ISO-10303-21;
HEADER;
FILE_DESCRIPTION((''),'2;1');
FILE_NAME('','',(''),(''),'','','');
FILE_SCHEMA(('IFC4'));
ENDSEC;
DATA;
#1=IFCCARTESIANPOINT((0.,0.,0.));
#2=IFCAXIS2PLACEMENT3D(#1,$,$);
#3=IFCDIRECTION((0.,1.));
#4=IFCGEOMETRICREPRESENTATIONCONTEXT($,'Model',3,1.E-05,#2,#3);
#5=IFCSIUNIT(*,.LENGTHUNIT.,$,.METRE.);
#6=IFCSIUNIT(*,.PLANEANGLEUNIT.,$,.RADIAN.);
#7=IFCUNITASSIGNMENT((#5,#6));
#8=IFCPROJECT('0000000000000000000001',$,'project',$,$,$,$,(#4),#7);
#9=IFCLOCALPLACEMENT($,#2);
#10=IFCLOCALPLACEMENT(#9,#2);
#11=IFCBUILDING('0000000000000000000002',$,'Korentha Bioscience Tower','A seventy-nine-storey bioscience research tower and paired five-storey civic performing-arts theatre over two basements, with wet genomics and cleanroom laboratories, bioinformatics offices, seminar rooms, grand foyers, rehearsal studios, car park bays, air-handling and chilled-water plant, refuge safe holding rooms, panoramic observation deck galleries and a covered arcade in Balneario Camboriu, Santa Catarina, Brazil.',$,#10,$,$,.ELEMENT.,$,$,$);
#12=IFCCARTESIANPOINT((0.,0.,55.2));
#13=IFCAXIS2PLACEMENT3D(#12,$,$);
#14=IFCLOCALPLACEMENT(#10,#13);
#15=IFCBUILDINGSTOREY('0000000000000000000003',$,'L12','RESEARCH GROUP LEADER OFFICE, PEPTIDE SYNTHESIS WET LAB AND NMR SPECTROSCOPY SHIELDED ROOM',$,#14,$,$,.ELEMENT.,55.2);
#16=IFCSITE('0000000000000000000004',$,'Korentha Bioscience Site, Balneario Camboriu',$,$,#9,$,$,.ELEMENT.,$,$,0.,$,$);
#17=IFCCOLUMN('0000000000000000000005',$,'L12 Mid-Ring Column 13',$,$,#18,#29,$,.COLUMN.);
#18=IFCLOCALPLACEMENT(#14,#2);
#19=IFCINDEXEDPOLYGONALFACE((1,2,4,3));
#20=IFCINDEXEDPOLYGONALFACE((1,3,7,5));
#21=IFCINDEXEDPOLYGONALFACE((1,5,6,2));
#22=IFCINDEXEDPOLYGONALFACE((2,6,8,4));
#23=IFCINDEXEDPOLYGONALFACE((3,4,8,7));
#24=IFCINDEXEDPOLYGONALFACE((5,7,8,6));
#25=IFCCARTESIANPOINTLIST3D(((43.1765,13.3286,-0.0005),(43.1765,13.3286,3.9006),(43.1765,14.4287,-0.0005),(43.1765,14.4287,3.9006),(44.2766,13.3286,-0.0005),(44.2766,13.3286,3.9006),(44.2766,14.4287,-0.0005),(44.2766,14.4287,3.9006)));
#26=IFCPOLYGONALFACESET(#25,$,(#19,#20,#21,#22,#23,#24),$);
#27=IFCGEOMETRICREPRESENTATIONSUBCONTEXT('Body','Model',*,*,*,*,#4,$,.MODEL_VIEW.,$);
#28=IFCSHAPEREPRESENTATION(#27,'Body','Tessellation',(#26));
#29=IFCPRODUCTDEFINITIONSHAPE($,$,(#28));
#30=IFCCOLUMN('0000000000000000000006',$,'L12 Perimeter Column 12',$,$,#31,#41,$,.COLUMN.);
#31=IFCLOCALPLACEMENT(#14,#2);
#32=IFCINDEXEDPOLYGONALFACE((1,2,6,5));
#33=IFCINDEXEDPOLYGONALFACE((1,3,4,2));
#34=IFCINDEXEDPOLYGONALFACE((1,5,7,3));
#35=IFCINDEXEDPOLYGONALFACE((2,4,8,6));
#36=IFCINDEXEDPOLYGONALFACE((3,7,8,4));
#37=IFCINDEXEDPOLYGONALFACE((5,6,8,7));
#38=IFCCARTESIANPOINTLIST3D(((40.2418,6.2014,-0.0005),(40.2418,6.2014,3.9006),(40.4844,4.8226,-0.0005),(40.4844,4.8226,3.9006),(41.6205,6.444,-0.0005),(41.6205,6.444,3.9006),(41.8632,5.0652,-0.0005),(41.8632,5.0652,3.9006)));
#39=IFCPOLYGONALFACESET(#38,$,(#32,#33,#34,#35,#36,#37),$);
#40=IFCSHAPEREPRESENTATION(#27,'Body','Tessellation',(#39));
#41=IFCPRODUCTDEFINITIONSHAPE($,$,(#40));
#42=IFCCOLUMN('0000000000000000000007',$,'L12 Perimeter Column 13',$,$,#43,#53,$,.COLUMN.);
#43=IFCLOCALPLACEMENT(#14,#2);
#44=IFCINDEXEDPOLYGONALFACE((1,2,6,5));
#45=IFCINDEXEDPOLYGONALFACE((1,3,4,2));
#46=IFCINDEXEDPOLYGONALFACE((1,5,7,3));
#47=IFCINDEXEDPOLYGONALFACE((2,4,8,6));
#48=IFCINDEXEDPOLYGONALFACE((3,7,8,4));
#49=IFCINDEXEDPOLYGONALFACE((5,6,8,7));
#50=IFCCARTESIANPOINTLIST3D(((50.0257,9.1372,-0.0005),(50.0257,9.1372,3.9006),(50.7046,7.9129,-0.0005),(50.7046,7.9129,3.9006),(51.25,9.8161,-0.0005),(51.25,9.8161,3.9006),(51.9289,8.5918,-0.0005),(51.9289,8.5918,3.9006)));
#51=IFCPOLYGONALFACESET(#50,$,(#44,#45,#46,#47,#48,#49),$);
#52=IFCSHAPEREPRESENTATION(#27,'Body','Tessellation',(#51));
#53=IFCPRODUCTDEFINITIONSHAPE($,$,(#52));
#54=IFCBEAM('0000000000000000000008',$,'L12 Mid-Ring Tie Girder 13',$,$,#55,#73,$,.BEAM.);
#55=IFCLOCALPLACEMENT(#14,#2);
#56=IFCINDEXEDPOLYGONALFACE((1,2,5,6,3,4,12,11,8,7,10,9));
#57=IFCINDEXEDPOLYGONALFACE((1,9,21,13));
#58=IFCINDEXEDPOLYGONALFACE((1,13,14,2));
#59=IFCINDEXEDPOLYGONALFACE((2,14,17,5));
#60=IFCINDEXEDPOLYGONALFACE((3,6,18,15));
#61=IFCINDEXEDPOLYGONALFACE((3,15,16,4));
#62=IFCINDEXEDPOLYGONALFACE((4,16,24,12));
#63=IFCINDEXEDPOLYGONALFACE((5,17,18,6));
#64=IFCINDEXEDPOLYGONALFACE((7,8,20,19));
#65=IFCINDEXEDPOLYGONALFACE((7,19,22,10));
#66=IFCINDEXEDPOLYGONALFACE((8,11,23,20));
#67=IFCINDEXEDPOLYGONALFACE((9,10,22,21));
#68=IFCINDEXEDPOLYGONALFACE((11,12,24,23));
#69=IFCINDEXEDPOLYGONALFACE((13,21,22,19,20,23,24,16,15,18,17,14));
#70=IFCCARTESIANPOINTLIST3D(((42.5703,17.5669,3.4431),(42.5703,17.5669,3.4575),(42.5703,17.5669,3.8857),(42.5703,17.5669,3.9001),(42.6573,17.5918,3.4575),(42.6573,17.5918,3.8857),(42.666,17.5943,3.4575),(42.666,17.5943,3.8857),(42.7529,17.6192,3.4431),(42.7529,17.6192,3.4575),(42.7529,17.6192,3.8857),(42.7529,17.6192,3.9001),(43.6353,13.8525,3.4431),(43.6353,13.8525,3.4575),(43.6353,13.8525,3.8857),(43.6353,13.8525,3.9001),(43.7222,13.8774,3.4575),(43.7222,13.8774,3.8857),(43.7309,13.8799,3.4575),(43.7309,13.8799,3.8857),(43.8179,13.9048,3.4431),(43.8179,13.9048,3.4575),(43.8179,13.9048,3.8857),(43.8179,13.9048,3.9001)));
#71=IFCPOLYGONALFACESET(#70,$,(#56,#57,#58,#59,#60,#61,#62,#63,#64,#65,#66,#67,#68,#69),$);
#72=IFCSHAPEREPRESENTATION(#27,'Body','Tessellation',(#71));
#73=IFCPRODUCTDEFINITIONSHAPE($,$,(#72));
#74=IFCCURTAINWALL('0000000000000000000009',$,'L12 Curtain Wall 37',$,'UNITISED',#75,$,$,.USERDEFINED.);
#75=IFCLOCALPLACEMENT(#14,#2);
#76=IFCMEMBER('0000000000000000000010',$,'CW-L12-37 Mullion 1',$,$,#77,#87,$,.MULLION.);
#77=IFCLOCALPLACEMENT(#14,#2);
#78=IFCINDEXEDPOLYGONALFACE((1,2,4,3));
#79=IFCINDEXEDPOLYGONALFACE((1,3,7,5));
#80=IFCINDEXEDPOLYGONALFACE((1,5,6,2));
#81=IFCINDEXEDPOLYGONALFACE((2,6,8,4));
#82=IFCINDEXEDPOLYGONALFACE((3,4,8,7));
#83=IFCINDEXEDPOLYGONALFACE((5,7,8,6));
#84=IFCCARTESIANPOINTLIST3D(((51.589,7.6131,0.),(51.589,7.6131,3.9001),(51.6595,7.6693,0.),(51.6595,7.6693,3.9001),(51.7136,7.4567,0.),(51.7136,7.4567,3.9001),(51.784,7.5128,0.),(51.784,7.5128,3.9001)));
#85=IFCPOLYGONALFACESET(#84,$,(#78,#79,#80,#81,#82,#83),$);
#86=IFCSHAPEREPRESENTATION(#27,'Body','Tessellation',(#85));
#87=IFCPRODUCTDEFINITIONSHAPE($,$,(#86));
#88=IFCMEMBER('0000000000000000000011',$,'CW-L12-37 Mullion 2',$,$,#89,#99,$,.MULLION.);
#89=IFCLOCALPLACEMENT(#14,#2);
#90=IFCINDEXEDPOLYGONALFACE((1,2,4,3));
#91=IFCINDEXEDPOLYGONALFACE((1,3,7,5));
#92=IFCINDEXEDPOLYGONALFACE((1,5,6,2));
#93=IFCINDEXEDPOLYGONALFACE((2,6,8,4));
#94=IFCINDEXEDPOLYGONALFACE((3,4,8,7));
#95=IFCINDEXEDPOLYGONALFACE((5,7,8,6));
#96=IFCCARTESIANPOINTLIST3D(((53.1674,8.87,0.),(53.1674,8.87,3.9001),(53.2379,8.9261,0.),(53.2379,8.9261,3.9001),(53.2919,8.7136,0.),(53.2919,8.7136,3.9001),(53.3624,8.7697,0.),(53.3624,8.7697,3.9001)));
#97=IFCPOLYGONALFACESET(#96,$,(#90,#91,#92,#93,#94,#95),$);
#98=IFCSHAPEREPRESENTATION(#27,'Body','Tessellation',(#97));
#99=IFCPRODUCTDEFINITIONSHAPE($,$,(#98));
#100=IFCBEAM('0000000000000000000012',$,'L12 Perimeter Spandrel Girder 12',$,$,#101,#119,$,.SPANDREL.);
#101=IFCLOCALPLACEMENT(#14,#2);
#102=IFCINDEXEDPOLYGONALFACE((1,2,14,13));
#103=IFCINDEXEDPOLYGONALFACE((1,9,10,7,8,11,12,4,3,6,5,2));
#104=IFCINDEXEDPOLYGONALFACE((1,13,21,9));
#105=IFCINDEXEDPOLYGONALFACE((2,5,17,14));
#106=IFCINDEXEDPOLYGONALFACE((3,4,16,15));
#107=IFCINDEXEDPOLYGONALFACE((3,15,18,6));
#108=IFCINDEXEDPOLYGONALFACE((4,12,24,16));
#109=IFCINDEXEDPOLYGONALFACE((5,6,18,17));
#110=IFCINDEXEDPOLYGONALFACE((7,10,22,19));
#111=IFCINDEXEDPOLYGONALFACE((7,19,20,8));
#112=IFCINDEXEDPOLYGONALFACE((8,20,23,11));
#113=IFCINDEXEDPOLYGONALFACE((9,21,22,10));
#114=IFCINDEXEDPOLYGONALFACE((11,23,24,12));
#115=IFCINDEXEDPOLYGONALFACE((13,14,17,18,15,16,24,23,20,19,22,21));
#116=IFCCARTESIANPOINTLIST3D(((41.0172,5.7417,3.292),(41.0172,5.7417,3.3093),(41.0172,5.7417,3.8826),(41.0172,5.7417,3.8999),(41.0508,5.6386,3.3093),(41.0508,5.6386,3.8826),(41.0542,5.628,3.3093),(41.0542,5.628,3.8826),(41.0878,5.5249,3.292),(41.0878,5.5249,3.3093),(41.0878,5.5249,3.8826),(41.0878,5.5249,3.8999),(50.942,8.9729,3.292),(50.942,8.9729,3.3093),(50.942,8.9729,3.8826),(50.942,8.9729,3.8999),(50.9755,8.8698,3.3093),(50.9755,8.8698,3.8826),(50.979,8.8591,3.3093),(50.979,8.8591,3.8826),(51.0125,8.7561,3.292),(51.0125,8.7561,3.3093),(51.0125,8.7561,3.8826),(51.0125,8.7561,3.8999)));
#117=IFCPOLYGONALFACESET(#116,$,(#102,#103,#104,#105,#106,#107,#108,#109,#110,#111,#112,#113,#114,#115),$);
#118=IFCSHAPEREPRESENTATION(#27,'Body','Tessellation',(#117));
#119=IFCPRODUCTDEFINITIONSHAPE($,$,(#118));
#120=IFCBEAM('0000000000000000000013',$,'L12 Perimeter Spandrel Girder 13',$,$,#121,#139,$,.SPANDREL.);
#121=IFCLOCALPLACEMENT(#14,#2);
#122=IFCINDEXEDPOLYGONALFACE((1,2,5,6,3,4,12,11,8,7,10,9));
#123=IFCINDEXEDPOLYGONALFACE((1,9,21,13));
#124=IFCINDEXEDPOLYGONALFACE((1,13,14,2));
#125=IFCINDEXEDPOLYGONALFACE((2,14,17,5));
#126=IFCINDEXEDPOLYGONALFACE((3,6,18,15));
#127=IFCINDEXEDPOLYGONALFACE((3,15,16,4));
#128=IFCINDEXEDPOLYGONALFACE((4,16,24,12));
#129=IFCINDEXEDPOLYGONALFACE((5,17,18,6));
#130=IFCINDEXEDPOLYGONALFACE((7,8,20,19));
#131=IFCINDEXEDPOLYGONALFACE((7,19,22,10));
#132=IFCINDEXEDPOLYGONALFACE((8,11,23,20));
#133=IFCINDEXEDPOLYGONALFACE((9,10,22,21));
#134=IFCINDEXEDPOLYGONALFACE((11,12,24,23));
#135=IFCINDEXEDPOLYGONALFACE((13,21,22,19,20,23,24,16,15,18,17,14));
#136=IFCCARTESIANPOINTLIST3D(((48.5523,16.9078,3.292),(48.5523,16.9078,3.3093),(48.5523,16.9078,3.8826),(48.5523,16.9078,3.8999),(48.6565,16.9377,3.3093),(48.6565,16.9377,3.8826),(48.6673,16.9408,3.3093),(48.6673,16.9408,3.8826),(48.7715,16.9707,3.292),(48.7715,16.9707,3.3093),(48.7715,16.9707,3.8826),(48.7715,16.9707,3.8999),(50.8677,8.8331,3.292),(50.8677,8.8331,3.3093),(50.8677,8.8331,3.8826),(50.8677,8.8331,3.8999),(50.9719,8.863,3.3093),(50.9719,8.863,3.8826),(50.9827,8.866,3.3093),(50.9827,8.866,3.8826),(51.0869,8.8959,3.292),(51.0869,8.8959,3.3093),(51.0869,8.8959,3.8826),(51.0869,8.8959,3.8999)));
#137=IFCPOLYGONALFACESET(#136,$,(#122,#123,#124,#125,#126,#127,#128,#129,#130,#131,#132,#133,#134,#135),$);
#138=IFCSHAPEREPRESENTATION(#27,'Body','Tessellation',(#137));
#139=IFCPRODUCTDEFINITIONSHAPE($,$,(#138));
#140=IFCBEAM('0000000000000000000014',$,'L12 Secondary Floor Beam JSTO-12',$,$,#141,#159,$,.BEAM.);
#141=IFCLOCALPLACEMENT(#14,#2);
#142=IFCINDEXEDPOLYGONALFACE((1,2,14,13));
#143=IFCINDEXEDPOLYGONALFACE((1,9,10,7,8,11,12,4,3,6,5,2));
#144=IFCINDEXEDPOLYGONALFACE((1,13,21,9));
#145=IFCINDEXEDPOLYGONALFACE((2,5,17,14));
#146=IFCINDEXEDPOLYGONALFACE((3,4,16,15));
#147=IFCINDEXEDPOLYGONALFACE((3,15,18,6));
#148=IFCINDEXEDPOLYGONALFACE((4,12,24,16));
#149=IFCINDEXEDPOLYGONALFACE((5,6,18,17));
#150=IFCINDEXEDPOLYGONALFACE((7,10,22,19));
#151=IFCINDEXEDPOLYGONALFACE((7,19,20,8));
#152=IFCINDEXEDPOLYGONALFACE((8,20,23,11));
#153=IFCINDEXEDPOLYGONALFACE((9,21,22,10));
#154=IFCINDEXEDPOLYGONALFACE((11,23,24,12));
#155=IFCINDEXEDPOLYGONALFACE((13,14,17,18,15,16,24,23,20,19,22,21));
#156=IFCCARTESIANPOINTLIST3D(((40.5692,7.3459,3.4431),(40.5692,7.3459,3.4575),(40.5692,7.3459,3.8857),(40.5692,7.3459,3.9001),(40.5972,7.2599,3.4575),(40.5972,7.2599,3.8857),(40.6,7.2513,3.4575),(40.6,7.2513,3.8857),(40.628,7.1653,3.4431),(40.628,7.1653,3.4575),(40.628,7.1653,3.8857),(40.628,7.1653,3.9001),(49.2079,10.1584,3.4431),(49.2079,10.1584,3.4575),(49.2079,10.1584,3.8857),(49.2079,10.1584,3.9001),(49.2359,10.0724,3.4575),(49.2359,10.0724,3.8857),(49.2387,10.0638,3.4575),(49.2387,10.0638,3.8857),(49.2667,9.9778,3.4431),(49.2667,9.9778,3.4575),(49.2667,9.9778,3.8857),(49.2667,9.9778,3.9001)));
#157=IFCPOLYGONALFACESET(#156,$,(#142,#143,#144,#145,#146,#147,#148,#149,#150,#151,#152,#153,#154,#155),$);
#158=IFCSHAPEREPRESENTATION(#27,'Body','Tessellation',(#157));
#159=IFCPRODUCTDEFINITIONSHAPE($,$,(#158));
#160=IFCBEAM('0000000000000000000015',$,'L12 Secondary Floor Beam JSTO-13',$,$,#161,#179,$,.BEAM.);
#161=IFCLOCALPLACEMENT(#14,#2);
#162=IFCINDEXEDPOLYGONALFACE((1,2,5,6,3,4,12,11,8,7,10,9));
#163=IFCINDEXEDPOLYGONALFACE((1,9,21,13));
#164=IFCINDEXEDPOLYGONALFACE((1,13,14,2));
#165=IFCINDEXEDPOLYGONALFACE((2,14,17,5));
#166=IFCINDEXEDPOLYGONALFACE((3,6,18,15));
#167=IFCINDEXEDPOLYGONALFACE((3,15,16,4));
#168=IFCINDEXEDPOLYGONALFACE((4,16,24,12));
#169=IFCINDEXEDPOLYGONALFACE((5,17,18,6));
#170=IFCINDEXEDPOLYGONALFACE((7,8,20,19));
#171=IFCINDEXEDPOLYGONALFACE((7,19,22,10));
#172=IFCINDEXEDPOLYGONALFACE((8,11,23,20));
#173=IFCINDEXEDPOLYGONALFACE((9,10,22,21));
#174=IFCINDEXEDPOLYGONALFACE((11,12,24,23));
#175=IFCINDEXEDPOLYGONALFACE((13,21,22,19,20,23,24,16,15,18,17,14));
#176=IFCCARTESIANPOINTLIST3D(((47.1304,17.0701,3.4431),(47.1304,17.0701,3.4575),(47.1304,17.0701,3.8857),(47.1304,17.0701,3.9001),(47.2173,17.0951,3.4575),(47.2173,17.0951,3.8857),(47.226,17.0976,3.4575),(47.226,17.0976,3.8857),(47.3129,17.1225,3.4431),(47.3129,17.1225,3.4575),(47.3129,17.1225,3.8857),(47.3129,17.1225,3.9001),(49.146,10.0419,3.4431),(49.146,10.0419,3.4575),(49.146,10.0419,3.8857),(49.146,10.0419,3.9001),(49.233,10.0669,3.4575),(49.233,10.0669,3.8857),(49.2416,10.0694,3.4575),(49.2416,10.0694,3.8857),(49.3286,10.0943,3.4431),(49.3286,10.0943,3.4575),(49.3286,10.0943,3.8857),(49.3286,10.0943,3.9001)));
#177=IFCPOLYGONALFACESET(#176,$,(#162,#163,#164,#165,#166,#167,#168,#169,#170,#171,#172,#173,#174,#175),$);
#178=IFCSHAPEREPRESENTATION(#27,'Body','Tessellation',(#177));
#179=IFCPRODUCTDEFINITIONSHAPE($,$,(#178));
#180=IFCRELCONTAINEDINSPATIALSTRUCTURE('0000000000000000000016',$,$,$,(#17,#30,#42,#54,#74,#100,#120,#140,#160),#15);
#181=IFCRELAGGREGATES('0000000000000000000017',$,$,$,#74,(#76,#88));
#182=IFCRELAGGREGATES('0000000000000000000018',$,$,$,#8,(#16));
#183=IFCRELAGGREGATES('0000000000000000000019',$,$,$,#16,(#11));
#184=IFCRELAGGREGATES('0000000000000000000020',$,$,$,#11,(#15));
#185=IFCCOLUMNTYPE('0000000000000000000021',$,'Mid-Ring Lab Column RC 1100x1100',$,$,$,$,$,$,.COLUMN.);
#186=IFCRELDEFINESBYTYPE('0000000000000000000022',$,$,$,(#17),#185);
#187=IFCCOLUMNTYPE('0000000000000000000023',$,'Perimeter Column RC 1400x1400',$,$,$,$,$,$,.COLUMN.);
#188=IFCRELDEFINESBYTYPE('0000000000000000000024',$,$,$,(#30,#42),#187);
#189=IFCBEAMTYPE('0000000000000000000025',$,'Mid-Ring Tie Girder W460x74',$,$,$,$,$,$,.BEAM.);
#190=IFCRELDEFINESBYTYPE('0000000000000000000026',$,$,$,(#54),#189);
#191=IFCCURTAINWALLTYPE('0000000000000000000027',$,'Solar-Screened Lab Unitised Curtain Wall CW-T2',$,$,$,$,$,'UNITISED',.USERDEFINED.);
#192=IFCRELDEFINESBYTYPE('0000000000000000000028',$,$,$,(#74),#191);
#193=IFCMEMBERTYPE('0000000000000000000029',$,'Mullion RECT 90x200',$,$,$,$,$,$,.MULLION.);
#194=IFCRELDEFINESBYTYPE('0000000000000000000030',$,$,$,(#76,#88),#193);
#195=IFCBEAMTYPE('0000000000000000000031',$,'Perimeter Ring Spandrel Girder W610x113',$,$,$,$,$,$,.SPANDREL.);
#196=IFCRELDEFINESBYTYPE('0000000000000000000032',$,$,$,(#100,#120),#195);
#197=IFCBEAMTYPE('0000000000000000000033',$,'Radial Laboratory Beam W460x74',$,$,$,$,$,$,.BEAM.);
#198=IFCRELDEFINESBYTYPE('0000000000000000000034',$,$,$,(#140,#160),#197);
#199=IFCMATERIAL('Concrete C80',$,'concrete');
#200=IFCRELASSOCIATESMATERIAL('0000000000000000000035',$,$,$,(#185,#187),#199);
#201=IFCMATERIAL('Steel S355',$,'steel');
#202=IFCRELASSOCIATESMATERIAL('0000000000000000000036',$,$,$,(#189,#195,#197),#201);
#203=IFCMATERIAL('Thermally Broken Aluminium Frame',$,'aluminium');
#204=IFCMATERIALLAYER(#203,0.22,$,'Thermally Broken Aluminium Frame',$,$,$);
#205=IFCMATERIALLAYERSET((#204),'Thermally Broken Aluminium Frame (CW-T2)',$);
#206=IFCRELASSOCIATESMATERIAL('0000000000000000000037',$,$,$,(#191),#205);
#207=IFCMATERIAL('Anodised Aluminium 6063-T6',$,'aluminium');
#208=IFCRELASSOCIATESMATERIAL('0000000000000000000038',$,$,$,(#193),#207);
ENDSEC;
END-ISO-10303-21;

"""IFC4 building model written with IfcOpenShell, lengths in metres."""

from ifc_helpers import new_model, si_unit, direction, frame, origin, origin_2d, place, context, subcontext, project, spatial, rectangle, i_section, extrude, material, layer, layer_set, material_profile, profile_set, type_object, element, aggregate, save


model = new_model("IFC4")

# Units and contexts
model_context = context("Model", 3, precision=1e-05, world=origin(), true_north=direction((0.0, 1.0)))
body_context = subcontext(model_context, "Body", "Model", "MODEL_VIEW")
ifc_project = project(units=[si_unit("LENGTHUNIT", "METRE"), si_unit("PLANEANGLEUNIT", "RADIAN")], contexts=[model_context])

# Site, building, storey
site_placement = place(None, origin())
site = spatial("IfcSite", under=ifc_project, at=site_placement, Name="Korentha Bioscience Site, Balneario Camboriu", CompositionType="ELEMENT", RefElevation=0.0)
building_placement = place(site_placement, origin())
building = spatial("IfcBuilding", under=site, at=building_placement, Name="Korentha Bioscience Tower", Description="A seventy-nine-storey bioscience research tower and paired five-storey civic performing-arts theatre over two basements, with wet genomics and cleanroom laboratories, bioinformatics offices, seminar rooms, grand foyers, rehearsal studios, car park bays, air-handling and chilled-water plant, refuge safe holding rooms, panoramic observation deck galleries and a covered arcade in Balneario Camboriu, Santa Catarina, Brazil.", CompositionType="ELEMENT")
storey_placement = place(building_placement, frame((0.0, 0.0, 55.2)))
storey = spatial("IfcBuildingStorey", under=building, at=storey_placement, Name="L12", Description="RESEARCH GROUP LEADER OFFICE, PEPTIDE SYNTHESIS WET LAB AND NMR SPECTROSCOPY SHIELDED ROOM", CompositionType="ELEMENT", Elevation=55.2)

# Columns
ifc_material_1 = material(Name="Concrete C80", Category="concrete")
ifc_material_profile_1 = material_profile(ifc_material_1, rectangle(XDim=1.1001, YDim=1.1001, at=origin_2d()), Name="Concrete C80")
ifc_profile_set_1 = profile_set([ifc_material_profile_1], Name="Concrete C80 (COL-MR11)")
column_type_1 = type_object("IfcColumnType", Name="Mid-Ring Lab Column RC 1100x1100", PredefinedType="COLUMN", material=ifc_profile_set_1)
column_placement = place(storey_placement, frame((43.7266, 13.8787, -0.0005), z_axis=(0.0, 0.0, 1.0), x_axis=(1.0, 0.0, 0.0)))
element("IfcColumn", 1, at=column_placement, inside=storey, type_object=column_type_1, Name="L12 Mid-Ring Column 13", PredefinedType="COLUMN", context=body_context, shape_type="SweptSolid", body=[
    extrude(rectangle(XDim=1.1001, YDim=1.1001, at=origin_2d()), origin(), (0.0, 0.0, 1.0), 3.9011),
])
ifc_material_profile_2 = material_profile(ifc_material_1, rectangle(XDim=1.3999, YDim=1.3999, at=origin_2d()), Name="Concrete C80")
ifc_profile_set_2 = profile_set([ifc_material_profile_2], Name="Concrete C80 (COL-P14)")
column_type_2 = type_object("IfcColumnType", Name="Perimeter Column RC 1400x1400", PredefinedType="COLUMN", material=ifc_profile_set_2)
for number, where, z_axis, x_axis, name in (
    (2, (41.0525, 5.6333, -0.0005), (0.0, 0.0, 1.0), (0.984868, 0.173304, 0.0), "L12 Perimeter Column 12"),
    (3, (50.9773, 8.8645, -0.0005), (0.0, 0.0, 1.0), (0.874535, 0.484962, 0.0), "L12 Perimeter Column 13"),
):
    element("IfcColumn", number, at=place(storey_placement, frame(where, z_axis=z_axis, x_axis=x_axis)), inside=storey, type_object=column_type_2, Name=name, PredefinedType="COLUMN", context=body_context, shape_type="SweptSolid", body=[
        extrude(rectangle(XDim=1.3999, YDim=1.3999, at=origin_2d()), origin(), (0.0, 0.0, 1.0), 3.9011),
    ])

# Beam
ifc_material_2 = material(Name="Steel S355", Category="steel")
ifc_material_profile_3 = material_profile(ifc_material_2, i_section(OverallWidth=0.1899, OverallDepth=0.457, WebThickness=0.009, FlangeThickness=0.0144, at=origin_2d()), Name="Steel S355")
ifc_profile_set_3 = profile_set([ifc_material_profile_3], Name="Steel S355 (MB-460)")
beam_type_1 = type_object("IfcBeamType", Name="Mid-Ring Tie Girder W460x74", PredefinedType="BEAM", material=ifc_profile_set_3)
beam_1_placement = place(storey_placement, frame((43.7266, 13.8787, 3.6716), z_axis=(-0.275606, 0.961271, 0.0), x_axis=(-0.961271, -0.275606, 0.0)))
element("IfcBeam", 4, at=beam_1_placement, inside=storey, type_object=beam_type_1, Name="L12 Mid-Ring Tie Girder 13", PredefinedType="BEAM", context=body_context, shape_type="SweptSolid", body=[
    extrude(i_section(OverallWidth=0.1899, OverallDepth=0.457, WebThickness=0.009, FlangeThickness=0.0144, at=origin_2d()), origin(), (0.0, 0.0, 1.0), 3.864),
])

# Curtain wall, members
ifc_material_3 = material(Name="Thermally Broken Aluminium Frame", Category="aluminium")
ifc_layer_1 = layer(ifc_material_3, 0.22, Name="Thermally Broken Aluminium Frame")
ifc_layer_set_1 = layer_set([ifc_layer_1], Name="Thermally Broken Aluminium Frame (CW-T2)")
curtain_wall_type = type_object("IfcCurtainWallType", Name="Solar-Screened Lab Unitised Curtain Wall CW-T2", ElementType="UNITISED", PredefinedType="USERDEFINED", material=ifc_layer_set_1)
curtain_wall_placement = place(storey_placement, origin())
curtain_wall = element("IfcCurtainWall", 5, at=curtain_wall_placement, inside=storey, type_object=curtain_wall_type, Name="L12 Curtain Wall 37", ObjectType="UNITISED", PredefinedType="USERDEFINED")
ifc_material_4 = material(Name="Anodised Aluminium 6063-T6", Category="aluminium")
ifc_material_profile_4 = material_profile(ifc_material_4, rectangle(XDim=0.0901, YDim=0.2, at=origin_2d()), Name="Anodised Aluminium 6063-T6")
ifc_profile_set_4 = profile_set([ifc_material_profile_4], Name="Anodised Aluminium 6063-T6 (CW-MUL)")
member_type_1 = type_object("IfcMemberType", Name="Mullion RECT 90x200", PredefinedType="MULLION", material=ifc_profile_set_4)
member_1_placement = place(storey_placement, frame((51.6865, 7.563, 0.0), z_axis=(0.0, 0.0, 1.0), x_axis=(0.782288, 0.622917, 0.0)))
member_1 = element("IfcMember", 6, at=member_1_placement, type_object=member_type_1, Name="CW-L12-37 Mullion 1", PredefinedType="MULLION", context=body_context, shape_type="SweptSolid", body=[
    extrude(rectangle(XDim=0.0901, YDim=0.2, at=origin_2d()), origin(), (0.0, 0.0, 1.0), 3.9001),
])
member_2_placement = place(storey_placement, frame((53.2649, 8.8198, 0.0), z_axis=(0.0, 0.0, 1.0), x_axis=(0.782288, 0.622917, 0.0)))
member_2 = element("IfcMember", 7, at=member_2_placement, type_object=member_type_1, Name="CW-L12-37 Mullion 2", PredefinedType="MULLION", context=body_context, shape_type="SweptSolid", body=[
    extrude(rectangle(XDim=0.0901, YDim=0.2, at=origin_2d()), origin(), (0.0, 0.0, 1.0), 3.9001),
])

# Beams
ifc_material_profile_5 = material_profile(ifc_material_2, i_section(OverallWidth=0.228, OverallDepth=0.6079, WebThickness=0.0112, FlangeThickness=0.0173, at=origin_2d()), Name="Steel S355")
ifc_profile_set_5 = profile_set([ifc_material_profile_5], Name="Steel S355 (SB-610)")
beam_type_2 = type_object("IfcBeamType", Name="Perimeter Ring Spandrel Girder W610x113", PredefinedType="SPANDREL", material=ifc_profile_set_5)
beam_2_placement = place(storey_placement, frame((41.0525, 5.6333, 3.5959), z_axis=(0.950875, 0.309575, 0.0), x_axis=(-0.309575, 0.950875, 0.0)))
element("IfcBeam", 8, at=beam_2_placement, inside=storey, type_object=beam_type_2, Name="L12 Perimeter Spandrel Girder 12", PredefinedType="SPANDREL", context=body_context, shape_type="SweptSolid", body=[
    extrude(i_section(OverallWidth=0.228, OverallDepth=0.6079, WebThickness=0.0112, FlangeThickness=0.0173, at=origin_2d()), origin(), (0.0, 0.0, 1.0), 10.4375),
])
beam_3_placement = place(storey_placement, frame((50.9773, 8.8645, 3.5959), z_axis=(-0.275642, 0.96126, 0.0), x_axis=(-0.96126, -0.275642, 0.0)))
element("IfcBeam", 9, at=beam_3_placement, inside=storey, type_object=beam_type_2, Name="L12 Perimeter Spandrel Girder 13", PredefinedType="SPANDREL", context=body_context, shape_type="SweptSolid", body=[
    extrude(i_section(OverallWidth=0.228, OverallDepth=0.6079, WebThickness=0.0112, FlangeThickness=0.0173, at=origin_2d()), origin(), (0.0, 0.0, 1.0), 8.4001),
])
ifc_material_profile_6 = material_profile(ifc_material_2, i_section(OverallWidth=0.1899, OverallDepth=0.457, WebThickness=0.009, FlangeThickness=0.0144, at=origin_2d()), Name="Steel S355")
ifc_profile_set_6 = profile_set([ifc_material_profile_6], Name="Steel S355 (RB-460)")
beam_type_3 = type_object("IfcBeamType", Name="Radial Laboratory Beam W460x74", PredefinedType="BEAM", material=ifc_profile_set_6)
beam_4_placement = place(storey_placement, frame((40.5986, 7.2556, 3.6716), z_axis=(0.950874, 0.309577, 0.0), x_axis=(-0.309577, 0.950874, 0.0)))
element("IfcBeam", 10, at=beam_4_placement, inside=storey, type_object=beam_type_3, Name="L12 Secondary Floor Beam JSTO-12", PredefinedType="BEAM", context=body_context, shape_type="SweptSolid", body=[
    extrude(i_section(OverallWidth=0.1899, OverallDepth=0.457, WebThickness=0.009, FlangeThickness=0.0144, at=origin_2d()), origin(), (0.0, 0.0, 1.0), 9.085),
])
beam_5_placement = place(storey_placement, frame((49.2373, 10.0681, 3.6716), z_axis=(-0.275682, 0.961249, 0.0), x_axis=(-0.961249, -0.275682, 0.0)))
element("IfcBeam", 11, at=beam_5_placement, inside=storey, type_object=beam_type_3, Name="L12 Secondary Floor Beam JSTO-13", PredefinedType="BEAM", context=body_context, shape_type="SweptSolid", body=[
    extrude(i_section(OverallWidth=0.1899, OverallDepth=0.457, WebThickness=0.009, FlangeThickness=0.0144, at=origin_2d()), origin(), (0.0, 0.0, 1.0), 7.3115),
])

aggregate(curtain_wall, [member_1, member_2])

save(model, "model.ifc")
